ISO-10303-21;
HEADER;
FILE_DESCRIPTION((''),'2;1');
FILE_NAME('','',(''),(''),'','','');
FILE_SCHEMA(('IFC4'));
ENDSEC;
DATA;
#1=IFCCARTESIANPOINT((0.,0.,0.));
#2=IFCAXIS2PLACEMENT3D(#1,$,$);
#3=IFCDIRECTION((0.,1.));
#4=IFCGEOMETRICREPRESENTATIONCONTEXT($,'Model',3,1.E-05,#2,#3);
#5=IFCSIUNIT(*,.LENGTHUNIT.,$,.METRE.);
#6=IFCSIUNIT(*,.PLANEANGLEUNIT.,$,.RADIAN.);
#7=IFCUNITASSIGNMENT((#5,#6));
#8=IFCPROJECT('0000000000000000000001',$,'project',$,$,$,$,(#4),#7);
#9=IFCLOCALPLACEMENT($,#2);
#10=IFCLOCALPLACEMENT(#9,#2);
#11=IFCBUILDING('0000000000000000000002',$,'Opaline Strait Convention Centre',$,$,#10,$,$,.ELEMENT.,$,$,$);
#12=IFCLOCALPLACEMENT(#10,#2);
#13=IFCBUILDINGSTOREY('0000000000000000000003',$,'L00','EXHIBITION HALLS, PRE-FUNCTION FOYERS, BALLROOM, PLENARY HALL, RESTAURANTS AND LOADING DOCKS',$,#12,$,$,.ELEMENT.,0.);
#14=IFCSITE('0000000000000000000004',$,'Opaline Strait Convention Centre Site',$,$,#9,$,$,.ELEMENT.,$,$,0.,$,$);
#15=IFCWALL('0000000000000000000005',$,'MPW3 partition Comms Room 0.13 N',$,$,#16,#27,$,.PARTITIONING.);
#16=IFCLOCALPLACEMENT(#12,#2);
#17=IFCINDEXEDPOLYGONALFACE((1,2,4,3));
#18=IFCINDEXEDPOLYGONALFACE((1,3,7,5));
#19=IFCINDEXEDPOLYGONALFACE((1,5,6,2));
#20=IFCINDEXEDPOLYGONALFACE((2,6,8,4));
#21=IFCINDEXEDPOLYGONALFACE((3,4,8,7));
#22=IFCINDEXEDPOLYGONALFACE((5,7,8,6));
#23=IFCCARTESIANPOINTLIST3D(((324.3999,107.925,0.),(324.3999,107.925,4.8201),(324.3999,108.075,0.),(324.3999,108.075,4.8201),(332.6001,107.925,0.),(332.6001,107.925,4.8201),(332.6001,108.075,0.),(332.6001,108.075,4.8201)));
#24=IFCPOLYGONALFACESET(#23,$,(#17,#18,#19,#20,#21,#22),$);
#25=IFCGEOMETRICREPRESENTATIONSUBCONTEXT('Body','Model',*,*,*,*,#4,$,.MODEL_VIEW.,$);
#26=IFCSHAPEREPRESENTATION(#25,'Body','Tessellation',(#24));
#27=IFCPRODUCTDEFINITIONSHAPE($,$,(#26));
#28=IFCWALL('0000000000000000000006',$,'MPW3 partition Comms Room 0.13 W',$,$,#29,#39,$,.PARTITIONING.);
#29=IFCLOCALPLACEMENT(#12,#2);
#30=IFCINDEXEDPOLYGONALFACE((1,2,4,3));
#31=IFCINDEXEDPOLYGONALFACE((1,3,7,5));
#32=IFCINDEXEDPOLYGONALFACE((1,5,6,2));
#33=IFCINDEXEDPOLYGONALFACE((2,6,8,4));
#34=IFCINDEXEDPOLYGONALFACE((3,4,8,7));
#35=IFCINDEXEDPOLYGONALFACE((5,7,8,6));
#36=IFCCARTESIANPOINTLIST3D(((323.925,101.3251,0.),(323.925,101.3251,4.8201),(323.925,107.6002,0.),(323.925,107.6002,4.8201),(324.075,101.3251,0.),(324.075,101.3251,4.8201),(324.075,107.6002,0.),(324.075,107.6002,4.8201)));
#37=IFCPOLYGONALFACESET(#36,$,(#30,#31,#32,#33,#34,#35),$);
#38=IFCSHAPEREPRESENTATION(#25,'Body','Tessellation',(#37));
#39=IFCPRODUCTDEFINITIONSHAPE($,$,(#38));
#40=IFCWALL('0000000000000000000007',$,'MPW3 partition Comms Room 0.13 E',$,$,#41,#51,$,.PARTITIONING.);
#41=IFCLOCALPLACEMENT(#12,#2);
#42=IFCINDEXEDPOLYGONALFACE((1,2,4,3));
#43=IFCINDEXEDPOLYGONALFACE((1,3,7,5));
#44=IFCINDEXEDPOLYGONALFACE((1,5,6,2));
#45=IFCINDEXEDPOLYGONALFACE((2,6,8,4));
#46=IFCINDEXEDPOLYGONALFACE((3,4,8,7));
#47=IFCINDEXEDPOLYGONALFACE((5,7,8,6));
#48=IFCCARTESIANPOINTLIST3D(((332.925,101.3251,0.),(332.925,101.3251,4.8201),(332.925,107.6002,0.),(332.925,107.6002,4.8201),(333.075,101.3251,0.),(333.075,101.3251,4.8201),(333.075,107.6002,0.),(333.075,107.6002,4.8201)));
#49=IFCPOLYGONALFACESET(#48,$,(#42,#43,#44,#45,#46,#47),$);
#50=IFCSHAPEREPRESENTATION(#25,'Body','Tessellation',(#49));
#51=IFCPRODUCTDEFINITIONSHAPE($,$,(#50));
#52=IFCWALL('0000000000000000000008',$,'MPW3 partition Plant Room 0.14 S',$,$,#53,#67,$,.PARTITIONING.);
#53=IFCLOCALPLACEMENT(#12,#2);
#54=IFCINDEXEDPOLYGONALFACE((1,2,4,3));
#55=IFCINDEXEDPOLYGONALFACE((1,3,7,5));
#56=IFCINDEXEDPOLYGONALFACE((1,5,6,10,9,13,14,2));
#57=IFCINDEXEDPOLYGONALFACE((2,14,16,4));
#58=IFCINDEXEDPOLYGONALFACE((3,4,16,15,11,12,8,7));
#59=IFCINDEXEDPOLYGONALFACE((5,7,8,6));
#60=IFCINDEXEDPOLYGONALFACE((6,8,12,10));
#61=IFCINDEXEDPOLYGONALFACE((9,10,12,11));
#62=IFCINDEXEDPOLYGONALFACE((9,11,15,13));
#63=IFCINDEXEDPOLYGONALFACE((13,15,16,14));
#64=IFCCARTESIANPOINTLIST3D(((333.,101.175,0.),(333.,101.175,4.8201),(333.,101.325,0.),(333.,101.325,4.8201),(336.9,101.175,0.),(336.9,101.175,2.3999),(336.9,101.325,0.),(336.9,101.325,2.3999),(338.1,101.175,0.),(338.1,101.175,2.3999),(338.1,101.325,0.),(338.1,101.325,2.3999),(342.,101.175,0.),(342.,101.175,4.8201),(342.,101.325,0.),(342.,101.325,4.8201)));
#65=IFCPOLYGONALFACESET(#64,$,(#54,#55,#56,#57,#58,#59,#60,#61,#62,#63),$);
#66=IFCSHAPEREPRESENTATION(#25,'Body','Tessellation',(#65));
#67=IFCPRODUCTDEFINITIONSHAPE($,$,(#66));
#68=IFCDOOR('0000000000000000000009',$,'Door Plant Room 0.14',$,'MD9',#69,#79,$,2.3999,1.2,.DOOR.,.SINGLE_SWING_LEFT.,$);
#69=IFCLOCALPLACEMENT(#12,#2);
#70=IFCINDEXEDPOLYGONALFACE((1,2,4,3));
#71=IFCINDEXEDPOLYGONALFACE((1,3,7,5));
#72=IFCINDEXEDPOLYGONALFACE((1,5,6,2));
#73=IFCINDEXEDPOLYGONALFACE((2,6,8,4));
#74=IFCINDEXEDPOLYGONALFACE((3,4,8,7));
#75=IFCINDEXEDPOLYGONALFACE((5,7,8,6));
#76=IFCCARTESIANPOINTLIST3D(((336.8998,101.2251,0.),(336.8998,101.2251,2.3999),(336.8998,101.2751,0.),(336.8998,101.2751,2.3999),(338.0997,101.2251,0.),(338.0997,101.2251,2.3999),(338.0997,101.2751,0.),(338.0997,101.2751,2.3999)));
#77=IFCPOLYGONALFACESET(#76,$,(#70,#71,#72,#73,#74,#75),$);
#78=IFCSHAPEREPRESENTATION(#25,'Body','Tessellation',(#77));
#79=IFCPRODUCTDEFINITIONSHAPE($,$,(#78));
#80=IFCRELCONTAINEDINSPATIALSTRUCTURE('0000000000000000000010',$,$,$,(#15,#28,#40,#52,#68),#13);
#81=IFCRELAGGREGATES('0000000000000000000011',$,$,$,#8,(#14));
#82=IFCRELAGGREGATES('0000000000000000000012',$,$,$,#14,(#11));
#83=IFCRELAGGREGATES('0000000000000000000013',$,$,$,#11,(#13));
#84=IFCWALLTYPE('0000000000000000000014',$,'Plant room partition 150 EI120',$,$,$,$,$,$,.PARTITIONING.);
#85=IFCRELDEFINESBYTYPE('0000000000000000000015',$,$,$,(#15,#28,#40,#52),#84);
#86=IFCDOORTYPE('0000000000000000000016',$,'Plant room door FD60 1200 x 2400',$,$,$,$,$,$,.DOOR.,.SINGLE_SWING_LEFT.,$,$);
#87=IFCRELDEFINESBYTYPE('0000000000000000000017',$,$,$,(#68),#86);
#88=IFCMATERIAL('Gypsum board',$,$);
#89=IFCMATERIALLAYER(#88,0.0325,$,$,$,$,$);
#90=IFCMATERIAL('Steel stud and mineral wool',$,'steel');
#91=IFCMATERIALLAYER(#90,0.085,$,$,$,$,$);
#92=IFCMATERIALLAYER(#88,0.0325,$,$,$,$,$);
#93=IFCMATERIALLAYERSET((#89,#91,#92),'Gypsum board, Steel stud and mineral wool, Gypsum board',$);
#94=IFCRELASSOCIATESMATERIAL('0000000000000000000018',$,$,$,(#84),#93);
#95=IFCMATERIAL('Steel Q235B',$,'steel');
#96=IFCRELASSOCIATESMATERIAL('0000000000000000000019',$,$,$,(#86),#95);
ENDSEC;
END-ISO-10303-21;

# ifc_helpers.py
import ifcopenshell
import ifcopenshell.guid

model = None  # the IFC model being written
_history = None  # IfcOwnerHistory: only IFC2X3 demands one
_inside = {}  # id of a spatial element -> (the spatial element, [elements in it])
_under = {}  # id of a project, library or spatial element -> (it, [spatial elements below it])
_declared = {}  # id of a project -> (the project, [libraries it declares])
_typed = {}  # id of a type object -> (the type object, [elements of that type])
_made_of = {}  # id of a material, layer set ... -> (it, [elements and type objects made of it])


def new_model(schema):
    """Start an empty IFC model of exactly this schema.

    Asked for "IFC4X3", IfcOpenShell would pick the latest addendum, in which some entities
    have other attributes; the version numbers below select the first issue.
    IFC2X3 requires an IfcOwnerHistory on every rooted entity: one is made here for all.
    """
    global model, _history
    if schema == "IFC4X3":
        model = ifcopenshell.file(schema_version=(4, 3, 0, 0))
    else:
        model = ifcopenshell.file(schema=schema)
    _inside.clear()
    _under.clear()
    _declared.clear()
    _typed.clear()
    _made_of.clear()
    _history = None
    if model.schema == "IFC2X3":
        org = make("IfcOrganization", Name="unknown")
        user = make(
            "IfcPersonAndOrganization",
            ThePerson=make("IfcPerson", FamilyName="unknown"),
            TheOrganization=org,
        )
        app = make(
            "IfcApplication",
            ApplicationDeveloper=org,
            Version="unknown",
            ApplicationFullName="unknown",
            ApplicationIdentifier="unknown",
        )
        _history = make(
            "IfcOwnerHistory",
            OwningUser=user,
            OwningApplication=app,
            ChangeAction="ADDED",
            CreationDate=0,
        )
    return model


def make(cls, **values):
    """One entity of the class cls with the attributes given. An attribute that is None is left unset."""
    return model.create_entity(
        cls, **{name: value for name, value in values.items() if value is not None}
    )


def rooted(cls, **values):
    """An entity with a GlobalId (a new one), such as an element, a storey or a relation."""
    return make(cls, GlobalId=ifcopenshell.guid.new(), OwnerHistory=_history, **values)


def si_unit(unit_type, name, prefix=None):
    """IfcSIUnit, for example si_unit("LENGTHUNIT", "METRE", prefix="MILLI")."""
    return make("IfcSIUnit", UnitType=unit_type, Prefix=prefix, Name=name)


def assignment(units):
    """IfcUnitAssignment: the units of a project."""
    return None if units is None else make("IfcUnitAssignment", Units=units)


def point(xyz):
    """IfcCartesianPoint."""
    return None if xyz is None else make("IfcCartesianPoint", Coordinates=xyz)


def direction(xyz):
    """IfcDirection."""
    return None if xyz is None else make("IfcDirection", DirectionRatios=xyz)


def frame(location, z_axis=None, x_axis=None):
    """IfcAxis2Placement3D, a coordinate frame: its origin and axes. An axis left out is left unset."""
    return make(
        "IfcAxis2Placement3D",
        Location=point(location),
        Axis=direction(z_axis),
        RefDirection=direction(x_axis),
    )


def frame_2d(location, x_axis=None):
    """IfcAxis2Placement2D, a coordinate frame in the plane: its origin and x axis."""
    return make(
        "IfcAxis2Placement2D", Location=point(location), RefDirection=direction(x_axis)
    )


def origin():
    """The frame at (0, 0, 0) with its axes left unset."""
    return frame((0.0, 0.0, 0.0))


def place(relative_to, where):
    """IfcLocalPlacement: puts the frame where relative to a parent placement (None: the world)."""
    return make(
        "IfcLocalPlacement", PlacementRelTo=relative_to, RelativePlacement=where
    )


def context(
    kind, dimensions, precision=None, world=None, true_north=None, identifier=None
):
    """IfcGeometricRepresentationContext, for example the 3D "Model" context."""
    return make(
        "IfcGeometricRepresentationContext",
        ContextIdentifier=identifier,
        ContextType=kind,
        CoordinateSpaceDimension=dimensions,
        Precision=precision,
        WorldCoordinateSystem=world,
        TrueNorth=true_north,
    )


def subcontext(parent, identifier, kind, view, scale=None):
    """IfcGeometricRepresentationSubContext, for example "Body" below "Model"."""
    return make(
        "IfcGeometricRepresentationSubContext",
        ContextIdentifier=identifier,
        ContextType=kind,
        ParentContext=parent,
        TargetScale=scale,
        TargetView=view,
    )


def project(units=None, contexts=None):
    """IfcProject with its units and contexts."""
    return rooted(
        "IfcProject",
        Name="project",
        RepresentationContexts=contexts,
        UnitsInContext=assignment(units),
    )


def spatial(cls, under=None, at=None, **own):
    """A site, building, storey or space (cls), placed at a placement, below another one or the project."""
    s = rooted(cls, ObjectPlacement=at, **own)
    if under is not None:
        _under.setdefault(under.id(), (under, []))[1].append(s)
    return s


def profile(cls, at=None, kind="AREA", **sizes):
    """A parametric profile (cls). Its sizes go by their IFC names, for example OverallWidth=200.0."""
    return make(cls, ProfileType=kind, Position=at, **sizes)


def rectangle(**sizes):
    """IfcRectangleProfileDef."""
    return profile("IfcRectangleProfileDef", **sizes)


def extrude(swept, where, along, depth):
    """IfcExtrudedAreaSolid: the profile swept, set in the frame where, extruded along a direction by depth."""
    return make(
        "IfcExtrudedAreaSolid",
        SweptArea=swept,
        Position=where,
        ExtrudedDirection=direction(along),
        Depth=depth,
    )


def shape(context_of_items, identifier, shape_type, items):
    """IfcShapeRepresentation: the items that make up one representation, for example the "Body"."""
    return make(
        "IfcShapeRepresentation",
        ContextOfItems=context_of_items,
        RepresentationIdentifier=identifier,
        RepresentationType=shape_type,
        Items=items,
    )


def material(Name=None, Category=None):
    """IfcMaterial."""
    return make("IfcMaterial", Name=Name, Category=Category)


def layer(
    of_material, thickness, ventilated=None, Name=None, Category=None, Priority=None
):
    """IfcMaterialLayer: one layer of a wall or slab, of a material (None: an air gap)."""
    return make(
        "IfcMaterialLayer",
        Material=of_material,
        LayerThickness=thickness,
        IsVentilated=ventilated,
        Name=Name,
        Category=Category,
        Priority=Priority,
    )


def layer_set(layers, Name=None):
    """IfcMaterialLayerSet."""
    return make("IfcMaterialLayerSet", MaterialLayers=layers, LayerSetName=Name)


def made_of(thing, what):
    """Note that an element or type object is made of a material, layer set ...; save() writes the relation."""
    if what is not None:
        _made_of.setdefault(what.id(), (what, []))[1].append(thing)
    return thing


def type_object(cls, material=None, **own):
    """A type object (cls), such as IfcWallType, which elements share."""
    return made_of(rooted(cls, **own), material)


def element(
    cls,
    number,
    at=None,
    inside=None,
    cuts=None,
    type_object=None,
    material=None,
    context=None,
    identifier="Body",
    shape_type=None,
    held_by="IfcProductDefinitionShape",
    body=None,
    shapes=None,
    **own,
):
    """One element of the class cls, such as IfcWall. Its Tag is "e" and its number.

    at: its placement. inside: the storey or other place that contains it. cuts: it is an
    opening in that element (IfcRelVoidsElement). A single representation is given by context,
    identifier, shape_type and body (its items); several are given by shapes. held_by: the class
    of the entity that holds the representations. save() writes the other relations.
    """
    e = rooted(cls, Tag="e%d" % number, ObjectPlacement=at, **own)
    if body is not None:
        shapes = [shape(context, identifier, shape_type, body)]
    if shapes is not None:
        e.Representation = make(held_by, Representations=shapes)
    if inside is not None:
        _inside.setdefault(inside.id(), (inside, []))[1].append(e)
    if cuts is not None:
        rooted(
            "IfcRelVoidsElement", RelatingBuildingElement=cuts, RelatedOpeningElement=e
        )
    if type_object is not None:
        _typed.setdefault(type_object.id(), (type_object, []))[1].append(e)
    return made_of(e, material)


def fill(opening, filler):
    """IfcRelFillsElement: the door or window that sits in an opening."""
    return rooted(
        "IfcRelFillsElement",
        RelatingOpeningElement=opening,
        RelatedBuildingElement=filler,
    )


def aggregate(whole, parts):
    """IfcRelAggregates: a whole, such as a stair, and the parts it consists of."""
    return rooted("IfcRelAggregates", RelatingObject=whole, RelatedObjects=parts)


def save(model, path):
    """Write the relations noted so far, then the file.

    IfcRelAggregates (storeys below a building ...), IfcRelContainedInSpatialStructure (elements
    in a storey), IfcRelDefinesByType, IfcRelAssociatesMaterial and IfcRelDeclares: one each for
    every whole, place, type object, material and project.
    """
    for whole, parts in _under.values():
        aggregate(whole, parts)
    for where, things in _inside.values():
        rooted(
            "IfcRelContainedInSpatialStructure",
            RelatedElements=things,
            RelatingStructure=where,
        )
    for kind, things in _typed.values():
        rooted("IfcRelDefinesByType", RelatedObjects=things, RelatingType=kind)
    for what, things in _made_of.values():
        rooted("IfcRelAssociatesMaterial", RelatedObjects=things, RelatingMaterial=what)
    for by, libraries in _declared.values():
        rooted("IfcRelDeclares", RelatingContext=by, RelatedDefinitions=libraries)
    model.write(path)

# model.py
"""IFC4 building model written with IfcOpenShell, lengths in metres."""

from ifc_helpers import new_model, si_unit, direction, frame, frame_2d, origin, place, context, subcontext, project, spatial, rectangle, extrude, material, layer, layer_set, type_object, element, fill, save


model = new_model("IFC4")

# Units and contexts
model_context = context("Model", 3, precision=1e-05, world=origin(), true_north=direction((0.0, 1.0)))
body_context = subcontext(model_context, "Body", "Model", "MODEL_VIEW")
ifc_project = project(units=[si_unit("LENGTHUNIT", "METRE"), si_unit("PLANEANGLEUNIT", "RADIAN")], contexts=[model_context])

# Site, building, storey
site_placement = place(None, origin())
site = spatial("IfcSite", under=ifc_project, at=site_placement, Name="Opaline Strait Convention Centre Site", CompositionType="ELEMENT", RefElevation=0.0)
building_placement = place(site_placement, origin())
building = spatial("IfcBuilding", under=site, at=building_placement, Name="Opaline Strait Convention Centre", CompositionType="ELEMENT")
storey_placement = place(building_placement, origin())
storey = spatial("IfcBuildingStorey", under=building, at=storey_placement, Name="L00", Description="EXHIBITION HALLS, PRE-FUNCTION FOYERS, BALLROOM, PLENARY HALL, RESTAURANTS AND LOADING DOCKS", CompositionType="ELEMENT", Elevation=0.0)

# Shared definitions
ifc_material_1 = material(Name="Gypsum board")
ifc_material_2 = material(Name="Steel stud and mineral wool", Category="steel")

# Shared definitions
ifc_layer_1 = layer(ifc_material_1, 0.0325)
ifc_layer_2 = layer(ifc_material_2, 0.085)
ifc_layer_3 = layer(ifc_material_1, 0.0325)
ifc_layer_set_1 = layer_set([ifc_layer_1, ifc_layer_2, ifc_layer_3], Name="Gypsum board, Steel stud and mineral wool, Gypsum board")
wall_type_1 = type_object("IfcWallType", Name="Plant room partition 150 EI120", PredefinedType="PARTITIONING", material=ifc_layer_set_1)
ifc_material_3 = material(Name="Steel Q235B", Category="steel")
door_type_1 = type_object("IfcDoorType", Name="Plant room door FD60 1200 x 2400", OperationType="SINGLE_SWING_LEFT", PredefinedType="DOOR", material=ifc_material_3)

# Walls
wall_1_placement = place(storey_placement, frame((324.3999, 108.0, 0.0), z_axis=(0.0, 0.0, 1.0), x_axis=(1.0, 0.0, 0.0)))
element("IfcWall", 1, at=wall_1_placement, inside=storey, type_object=wall_type_1, Name="MPW3 partition Comms Room 0.13 N", PredefinedType="PARTITIONING", context=body_context, shape_type="SweptSolid", body=[
    extrude(rectangle(XDim=8.2002, YDim=0.1499, at=frame_2d((4.1001, 0.0))), origin(), (0.0, 0.0, 1.0), 4.8201),
])
for number, where, z_axis, x_axis, name in (
    (2, (324.0, 101.325, 0.0), (0.0, 0.0, 1.0), (0.0, 1.0, 0.0), "MPW3 partition Comms Room 0.13 W"),
    (3, (333.0, 101.325, 0.0), (0.0, 0.0, 1.0), (0.0, 1.0, 0.0), "MPW3 partition Comms Room 0.13 E"),
):
    element("IfcWall", number, at=place(storey_placement, frame(where, z_axis=z_axis, x_axis=x_axis)), inside=storey, type_object=wall_type_1, Name=name, PredefinedType="PARTITIONING", context=body_context, shape_type="SweptSolid", body=[
        extrude(rectangle(XDim=6.2751, YDim=0.1499, at=frame_2d((3.1377, 0.0))), origin(), (0.0, 0.0, 1.0), 4.8201),
    ])

# Wall, opening, door
wall_2_placement = place(storey_placement, frame((333.0, 101.25, 0.0), z_axis=(0.0, 0.0, 1.0), x_axis=(1.0, 0.0, 0.0)))
wall_2 = element("IfcWall", 4, at=wall_2_placement, inside=storey, type_object=wall_type_1, Name="MPW3 partition Plant Room 0.14 S", PredefinedType="PARTITIONING", context=body_context, shape_type="SweptSolid", body=[
    extrude(rectangle(XDim=9.0, YDim=0.1499, at=frame_2d((4.5, 0.0))), origin(), (0.0, 0.0, 1.0), 4.8201),
])
opening_1_placement = place(wall_2_placement, frame((3.8999, 0.0, 0.0)))
opening_1 = element("IfcOpeningElement", 5, at=opening_1_placement, cuts=wall_2, PredefinedType="OPENING", context=body_context, shape_type="SweptSolid", body=[
    extrude(rectangle(XDim=1.2, YDim=2.3999, at=frame_2d((0.6001, 1.2))), frame((0.0, 0.085, 0.0), z_axis=(0.0, -1.0, 0.0), x_axis=(1.0, 0.0, 0.0)), (0.0, 0.0, 1.0), 0.1699),
])
door_1_placement = place(opening_1_placement, frame((1.2, 0.0, 0.0), z_axis=(0.0, 0.0, 1.0), x_axis=(-1.0, 0.0, 0.0)))
door_1 = element("IfcDoor", 6, at=door_1_placement, inside=storey, type_object=door_type_1, Name="Door Plant Room 0.14", ObjectType="MD9", OperationType="SINGLE_SWING_LEFT", OverallHeight=2.3999, OverallWidth=1.2, PredefinedType="DOOR", context=body_context, shape_type="SweptSolid", body=[
    extrude(rectangle(XDim=1.2, YDim=2.3999, at=frame_2d((0.6001, 1.2))), frame((0.0, 0.0249, 0.0), z_axis=(0.0, -1.0, 0.0), x_axis=(1.0, 0.0, 0.0)), (0.0, 0.0, 1.0), 0.05),
])
fill(opening_1, door_1)

save(model, "model.ifc")
